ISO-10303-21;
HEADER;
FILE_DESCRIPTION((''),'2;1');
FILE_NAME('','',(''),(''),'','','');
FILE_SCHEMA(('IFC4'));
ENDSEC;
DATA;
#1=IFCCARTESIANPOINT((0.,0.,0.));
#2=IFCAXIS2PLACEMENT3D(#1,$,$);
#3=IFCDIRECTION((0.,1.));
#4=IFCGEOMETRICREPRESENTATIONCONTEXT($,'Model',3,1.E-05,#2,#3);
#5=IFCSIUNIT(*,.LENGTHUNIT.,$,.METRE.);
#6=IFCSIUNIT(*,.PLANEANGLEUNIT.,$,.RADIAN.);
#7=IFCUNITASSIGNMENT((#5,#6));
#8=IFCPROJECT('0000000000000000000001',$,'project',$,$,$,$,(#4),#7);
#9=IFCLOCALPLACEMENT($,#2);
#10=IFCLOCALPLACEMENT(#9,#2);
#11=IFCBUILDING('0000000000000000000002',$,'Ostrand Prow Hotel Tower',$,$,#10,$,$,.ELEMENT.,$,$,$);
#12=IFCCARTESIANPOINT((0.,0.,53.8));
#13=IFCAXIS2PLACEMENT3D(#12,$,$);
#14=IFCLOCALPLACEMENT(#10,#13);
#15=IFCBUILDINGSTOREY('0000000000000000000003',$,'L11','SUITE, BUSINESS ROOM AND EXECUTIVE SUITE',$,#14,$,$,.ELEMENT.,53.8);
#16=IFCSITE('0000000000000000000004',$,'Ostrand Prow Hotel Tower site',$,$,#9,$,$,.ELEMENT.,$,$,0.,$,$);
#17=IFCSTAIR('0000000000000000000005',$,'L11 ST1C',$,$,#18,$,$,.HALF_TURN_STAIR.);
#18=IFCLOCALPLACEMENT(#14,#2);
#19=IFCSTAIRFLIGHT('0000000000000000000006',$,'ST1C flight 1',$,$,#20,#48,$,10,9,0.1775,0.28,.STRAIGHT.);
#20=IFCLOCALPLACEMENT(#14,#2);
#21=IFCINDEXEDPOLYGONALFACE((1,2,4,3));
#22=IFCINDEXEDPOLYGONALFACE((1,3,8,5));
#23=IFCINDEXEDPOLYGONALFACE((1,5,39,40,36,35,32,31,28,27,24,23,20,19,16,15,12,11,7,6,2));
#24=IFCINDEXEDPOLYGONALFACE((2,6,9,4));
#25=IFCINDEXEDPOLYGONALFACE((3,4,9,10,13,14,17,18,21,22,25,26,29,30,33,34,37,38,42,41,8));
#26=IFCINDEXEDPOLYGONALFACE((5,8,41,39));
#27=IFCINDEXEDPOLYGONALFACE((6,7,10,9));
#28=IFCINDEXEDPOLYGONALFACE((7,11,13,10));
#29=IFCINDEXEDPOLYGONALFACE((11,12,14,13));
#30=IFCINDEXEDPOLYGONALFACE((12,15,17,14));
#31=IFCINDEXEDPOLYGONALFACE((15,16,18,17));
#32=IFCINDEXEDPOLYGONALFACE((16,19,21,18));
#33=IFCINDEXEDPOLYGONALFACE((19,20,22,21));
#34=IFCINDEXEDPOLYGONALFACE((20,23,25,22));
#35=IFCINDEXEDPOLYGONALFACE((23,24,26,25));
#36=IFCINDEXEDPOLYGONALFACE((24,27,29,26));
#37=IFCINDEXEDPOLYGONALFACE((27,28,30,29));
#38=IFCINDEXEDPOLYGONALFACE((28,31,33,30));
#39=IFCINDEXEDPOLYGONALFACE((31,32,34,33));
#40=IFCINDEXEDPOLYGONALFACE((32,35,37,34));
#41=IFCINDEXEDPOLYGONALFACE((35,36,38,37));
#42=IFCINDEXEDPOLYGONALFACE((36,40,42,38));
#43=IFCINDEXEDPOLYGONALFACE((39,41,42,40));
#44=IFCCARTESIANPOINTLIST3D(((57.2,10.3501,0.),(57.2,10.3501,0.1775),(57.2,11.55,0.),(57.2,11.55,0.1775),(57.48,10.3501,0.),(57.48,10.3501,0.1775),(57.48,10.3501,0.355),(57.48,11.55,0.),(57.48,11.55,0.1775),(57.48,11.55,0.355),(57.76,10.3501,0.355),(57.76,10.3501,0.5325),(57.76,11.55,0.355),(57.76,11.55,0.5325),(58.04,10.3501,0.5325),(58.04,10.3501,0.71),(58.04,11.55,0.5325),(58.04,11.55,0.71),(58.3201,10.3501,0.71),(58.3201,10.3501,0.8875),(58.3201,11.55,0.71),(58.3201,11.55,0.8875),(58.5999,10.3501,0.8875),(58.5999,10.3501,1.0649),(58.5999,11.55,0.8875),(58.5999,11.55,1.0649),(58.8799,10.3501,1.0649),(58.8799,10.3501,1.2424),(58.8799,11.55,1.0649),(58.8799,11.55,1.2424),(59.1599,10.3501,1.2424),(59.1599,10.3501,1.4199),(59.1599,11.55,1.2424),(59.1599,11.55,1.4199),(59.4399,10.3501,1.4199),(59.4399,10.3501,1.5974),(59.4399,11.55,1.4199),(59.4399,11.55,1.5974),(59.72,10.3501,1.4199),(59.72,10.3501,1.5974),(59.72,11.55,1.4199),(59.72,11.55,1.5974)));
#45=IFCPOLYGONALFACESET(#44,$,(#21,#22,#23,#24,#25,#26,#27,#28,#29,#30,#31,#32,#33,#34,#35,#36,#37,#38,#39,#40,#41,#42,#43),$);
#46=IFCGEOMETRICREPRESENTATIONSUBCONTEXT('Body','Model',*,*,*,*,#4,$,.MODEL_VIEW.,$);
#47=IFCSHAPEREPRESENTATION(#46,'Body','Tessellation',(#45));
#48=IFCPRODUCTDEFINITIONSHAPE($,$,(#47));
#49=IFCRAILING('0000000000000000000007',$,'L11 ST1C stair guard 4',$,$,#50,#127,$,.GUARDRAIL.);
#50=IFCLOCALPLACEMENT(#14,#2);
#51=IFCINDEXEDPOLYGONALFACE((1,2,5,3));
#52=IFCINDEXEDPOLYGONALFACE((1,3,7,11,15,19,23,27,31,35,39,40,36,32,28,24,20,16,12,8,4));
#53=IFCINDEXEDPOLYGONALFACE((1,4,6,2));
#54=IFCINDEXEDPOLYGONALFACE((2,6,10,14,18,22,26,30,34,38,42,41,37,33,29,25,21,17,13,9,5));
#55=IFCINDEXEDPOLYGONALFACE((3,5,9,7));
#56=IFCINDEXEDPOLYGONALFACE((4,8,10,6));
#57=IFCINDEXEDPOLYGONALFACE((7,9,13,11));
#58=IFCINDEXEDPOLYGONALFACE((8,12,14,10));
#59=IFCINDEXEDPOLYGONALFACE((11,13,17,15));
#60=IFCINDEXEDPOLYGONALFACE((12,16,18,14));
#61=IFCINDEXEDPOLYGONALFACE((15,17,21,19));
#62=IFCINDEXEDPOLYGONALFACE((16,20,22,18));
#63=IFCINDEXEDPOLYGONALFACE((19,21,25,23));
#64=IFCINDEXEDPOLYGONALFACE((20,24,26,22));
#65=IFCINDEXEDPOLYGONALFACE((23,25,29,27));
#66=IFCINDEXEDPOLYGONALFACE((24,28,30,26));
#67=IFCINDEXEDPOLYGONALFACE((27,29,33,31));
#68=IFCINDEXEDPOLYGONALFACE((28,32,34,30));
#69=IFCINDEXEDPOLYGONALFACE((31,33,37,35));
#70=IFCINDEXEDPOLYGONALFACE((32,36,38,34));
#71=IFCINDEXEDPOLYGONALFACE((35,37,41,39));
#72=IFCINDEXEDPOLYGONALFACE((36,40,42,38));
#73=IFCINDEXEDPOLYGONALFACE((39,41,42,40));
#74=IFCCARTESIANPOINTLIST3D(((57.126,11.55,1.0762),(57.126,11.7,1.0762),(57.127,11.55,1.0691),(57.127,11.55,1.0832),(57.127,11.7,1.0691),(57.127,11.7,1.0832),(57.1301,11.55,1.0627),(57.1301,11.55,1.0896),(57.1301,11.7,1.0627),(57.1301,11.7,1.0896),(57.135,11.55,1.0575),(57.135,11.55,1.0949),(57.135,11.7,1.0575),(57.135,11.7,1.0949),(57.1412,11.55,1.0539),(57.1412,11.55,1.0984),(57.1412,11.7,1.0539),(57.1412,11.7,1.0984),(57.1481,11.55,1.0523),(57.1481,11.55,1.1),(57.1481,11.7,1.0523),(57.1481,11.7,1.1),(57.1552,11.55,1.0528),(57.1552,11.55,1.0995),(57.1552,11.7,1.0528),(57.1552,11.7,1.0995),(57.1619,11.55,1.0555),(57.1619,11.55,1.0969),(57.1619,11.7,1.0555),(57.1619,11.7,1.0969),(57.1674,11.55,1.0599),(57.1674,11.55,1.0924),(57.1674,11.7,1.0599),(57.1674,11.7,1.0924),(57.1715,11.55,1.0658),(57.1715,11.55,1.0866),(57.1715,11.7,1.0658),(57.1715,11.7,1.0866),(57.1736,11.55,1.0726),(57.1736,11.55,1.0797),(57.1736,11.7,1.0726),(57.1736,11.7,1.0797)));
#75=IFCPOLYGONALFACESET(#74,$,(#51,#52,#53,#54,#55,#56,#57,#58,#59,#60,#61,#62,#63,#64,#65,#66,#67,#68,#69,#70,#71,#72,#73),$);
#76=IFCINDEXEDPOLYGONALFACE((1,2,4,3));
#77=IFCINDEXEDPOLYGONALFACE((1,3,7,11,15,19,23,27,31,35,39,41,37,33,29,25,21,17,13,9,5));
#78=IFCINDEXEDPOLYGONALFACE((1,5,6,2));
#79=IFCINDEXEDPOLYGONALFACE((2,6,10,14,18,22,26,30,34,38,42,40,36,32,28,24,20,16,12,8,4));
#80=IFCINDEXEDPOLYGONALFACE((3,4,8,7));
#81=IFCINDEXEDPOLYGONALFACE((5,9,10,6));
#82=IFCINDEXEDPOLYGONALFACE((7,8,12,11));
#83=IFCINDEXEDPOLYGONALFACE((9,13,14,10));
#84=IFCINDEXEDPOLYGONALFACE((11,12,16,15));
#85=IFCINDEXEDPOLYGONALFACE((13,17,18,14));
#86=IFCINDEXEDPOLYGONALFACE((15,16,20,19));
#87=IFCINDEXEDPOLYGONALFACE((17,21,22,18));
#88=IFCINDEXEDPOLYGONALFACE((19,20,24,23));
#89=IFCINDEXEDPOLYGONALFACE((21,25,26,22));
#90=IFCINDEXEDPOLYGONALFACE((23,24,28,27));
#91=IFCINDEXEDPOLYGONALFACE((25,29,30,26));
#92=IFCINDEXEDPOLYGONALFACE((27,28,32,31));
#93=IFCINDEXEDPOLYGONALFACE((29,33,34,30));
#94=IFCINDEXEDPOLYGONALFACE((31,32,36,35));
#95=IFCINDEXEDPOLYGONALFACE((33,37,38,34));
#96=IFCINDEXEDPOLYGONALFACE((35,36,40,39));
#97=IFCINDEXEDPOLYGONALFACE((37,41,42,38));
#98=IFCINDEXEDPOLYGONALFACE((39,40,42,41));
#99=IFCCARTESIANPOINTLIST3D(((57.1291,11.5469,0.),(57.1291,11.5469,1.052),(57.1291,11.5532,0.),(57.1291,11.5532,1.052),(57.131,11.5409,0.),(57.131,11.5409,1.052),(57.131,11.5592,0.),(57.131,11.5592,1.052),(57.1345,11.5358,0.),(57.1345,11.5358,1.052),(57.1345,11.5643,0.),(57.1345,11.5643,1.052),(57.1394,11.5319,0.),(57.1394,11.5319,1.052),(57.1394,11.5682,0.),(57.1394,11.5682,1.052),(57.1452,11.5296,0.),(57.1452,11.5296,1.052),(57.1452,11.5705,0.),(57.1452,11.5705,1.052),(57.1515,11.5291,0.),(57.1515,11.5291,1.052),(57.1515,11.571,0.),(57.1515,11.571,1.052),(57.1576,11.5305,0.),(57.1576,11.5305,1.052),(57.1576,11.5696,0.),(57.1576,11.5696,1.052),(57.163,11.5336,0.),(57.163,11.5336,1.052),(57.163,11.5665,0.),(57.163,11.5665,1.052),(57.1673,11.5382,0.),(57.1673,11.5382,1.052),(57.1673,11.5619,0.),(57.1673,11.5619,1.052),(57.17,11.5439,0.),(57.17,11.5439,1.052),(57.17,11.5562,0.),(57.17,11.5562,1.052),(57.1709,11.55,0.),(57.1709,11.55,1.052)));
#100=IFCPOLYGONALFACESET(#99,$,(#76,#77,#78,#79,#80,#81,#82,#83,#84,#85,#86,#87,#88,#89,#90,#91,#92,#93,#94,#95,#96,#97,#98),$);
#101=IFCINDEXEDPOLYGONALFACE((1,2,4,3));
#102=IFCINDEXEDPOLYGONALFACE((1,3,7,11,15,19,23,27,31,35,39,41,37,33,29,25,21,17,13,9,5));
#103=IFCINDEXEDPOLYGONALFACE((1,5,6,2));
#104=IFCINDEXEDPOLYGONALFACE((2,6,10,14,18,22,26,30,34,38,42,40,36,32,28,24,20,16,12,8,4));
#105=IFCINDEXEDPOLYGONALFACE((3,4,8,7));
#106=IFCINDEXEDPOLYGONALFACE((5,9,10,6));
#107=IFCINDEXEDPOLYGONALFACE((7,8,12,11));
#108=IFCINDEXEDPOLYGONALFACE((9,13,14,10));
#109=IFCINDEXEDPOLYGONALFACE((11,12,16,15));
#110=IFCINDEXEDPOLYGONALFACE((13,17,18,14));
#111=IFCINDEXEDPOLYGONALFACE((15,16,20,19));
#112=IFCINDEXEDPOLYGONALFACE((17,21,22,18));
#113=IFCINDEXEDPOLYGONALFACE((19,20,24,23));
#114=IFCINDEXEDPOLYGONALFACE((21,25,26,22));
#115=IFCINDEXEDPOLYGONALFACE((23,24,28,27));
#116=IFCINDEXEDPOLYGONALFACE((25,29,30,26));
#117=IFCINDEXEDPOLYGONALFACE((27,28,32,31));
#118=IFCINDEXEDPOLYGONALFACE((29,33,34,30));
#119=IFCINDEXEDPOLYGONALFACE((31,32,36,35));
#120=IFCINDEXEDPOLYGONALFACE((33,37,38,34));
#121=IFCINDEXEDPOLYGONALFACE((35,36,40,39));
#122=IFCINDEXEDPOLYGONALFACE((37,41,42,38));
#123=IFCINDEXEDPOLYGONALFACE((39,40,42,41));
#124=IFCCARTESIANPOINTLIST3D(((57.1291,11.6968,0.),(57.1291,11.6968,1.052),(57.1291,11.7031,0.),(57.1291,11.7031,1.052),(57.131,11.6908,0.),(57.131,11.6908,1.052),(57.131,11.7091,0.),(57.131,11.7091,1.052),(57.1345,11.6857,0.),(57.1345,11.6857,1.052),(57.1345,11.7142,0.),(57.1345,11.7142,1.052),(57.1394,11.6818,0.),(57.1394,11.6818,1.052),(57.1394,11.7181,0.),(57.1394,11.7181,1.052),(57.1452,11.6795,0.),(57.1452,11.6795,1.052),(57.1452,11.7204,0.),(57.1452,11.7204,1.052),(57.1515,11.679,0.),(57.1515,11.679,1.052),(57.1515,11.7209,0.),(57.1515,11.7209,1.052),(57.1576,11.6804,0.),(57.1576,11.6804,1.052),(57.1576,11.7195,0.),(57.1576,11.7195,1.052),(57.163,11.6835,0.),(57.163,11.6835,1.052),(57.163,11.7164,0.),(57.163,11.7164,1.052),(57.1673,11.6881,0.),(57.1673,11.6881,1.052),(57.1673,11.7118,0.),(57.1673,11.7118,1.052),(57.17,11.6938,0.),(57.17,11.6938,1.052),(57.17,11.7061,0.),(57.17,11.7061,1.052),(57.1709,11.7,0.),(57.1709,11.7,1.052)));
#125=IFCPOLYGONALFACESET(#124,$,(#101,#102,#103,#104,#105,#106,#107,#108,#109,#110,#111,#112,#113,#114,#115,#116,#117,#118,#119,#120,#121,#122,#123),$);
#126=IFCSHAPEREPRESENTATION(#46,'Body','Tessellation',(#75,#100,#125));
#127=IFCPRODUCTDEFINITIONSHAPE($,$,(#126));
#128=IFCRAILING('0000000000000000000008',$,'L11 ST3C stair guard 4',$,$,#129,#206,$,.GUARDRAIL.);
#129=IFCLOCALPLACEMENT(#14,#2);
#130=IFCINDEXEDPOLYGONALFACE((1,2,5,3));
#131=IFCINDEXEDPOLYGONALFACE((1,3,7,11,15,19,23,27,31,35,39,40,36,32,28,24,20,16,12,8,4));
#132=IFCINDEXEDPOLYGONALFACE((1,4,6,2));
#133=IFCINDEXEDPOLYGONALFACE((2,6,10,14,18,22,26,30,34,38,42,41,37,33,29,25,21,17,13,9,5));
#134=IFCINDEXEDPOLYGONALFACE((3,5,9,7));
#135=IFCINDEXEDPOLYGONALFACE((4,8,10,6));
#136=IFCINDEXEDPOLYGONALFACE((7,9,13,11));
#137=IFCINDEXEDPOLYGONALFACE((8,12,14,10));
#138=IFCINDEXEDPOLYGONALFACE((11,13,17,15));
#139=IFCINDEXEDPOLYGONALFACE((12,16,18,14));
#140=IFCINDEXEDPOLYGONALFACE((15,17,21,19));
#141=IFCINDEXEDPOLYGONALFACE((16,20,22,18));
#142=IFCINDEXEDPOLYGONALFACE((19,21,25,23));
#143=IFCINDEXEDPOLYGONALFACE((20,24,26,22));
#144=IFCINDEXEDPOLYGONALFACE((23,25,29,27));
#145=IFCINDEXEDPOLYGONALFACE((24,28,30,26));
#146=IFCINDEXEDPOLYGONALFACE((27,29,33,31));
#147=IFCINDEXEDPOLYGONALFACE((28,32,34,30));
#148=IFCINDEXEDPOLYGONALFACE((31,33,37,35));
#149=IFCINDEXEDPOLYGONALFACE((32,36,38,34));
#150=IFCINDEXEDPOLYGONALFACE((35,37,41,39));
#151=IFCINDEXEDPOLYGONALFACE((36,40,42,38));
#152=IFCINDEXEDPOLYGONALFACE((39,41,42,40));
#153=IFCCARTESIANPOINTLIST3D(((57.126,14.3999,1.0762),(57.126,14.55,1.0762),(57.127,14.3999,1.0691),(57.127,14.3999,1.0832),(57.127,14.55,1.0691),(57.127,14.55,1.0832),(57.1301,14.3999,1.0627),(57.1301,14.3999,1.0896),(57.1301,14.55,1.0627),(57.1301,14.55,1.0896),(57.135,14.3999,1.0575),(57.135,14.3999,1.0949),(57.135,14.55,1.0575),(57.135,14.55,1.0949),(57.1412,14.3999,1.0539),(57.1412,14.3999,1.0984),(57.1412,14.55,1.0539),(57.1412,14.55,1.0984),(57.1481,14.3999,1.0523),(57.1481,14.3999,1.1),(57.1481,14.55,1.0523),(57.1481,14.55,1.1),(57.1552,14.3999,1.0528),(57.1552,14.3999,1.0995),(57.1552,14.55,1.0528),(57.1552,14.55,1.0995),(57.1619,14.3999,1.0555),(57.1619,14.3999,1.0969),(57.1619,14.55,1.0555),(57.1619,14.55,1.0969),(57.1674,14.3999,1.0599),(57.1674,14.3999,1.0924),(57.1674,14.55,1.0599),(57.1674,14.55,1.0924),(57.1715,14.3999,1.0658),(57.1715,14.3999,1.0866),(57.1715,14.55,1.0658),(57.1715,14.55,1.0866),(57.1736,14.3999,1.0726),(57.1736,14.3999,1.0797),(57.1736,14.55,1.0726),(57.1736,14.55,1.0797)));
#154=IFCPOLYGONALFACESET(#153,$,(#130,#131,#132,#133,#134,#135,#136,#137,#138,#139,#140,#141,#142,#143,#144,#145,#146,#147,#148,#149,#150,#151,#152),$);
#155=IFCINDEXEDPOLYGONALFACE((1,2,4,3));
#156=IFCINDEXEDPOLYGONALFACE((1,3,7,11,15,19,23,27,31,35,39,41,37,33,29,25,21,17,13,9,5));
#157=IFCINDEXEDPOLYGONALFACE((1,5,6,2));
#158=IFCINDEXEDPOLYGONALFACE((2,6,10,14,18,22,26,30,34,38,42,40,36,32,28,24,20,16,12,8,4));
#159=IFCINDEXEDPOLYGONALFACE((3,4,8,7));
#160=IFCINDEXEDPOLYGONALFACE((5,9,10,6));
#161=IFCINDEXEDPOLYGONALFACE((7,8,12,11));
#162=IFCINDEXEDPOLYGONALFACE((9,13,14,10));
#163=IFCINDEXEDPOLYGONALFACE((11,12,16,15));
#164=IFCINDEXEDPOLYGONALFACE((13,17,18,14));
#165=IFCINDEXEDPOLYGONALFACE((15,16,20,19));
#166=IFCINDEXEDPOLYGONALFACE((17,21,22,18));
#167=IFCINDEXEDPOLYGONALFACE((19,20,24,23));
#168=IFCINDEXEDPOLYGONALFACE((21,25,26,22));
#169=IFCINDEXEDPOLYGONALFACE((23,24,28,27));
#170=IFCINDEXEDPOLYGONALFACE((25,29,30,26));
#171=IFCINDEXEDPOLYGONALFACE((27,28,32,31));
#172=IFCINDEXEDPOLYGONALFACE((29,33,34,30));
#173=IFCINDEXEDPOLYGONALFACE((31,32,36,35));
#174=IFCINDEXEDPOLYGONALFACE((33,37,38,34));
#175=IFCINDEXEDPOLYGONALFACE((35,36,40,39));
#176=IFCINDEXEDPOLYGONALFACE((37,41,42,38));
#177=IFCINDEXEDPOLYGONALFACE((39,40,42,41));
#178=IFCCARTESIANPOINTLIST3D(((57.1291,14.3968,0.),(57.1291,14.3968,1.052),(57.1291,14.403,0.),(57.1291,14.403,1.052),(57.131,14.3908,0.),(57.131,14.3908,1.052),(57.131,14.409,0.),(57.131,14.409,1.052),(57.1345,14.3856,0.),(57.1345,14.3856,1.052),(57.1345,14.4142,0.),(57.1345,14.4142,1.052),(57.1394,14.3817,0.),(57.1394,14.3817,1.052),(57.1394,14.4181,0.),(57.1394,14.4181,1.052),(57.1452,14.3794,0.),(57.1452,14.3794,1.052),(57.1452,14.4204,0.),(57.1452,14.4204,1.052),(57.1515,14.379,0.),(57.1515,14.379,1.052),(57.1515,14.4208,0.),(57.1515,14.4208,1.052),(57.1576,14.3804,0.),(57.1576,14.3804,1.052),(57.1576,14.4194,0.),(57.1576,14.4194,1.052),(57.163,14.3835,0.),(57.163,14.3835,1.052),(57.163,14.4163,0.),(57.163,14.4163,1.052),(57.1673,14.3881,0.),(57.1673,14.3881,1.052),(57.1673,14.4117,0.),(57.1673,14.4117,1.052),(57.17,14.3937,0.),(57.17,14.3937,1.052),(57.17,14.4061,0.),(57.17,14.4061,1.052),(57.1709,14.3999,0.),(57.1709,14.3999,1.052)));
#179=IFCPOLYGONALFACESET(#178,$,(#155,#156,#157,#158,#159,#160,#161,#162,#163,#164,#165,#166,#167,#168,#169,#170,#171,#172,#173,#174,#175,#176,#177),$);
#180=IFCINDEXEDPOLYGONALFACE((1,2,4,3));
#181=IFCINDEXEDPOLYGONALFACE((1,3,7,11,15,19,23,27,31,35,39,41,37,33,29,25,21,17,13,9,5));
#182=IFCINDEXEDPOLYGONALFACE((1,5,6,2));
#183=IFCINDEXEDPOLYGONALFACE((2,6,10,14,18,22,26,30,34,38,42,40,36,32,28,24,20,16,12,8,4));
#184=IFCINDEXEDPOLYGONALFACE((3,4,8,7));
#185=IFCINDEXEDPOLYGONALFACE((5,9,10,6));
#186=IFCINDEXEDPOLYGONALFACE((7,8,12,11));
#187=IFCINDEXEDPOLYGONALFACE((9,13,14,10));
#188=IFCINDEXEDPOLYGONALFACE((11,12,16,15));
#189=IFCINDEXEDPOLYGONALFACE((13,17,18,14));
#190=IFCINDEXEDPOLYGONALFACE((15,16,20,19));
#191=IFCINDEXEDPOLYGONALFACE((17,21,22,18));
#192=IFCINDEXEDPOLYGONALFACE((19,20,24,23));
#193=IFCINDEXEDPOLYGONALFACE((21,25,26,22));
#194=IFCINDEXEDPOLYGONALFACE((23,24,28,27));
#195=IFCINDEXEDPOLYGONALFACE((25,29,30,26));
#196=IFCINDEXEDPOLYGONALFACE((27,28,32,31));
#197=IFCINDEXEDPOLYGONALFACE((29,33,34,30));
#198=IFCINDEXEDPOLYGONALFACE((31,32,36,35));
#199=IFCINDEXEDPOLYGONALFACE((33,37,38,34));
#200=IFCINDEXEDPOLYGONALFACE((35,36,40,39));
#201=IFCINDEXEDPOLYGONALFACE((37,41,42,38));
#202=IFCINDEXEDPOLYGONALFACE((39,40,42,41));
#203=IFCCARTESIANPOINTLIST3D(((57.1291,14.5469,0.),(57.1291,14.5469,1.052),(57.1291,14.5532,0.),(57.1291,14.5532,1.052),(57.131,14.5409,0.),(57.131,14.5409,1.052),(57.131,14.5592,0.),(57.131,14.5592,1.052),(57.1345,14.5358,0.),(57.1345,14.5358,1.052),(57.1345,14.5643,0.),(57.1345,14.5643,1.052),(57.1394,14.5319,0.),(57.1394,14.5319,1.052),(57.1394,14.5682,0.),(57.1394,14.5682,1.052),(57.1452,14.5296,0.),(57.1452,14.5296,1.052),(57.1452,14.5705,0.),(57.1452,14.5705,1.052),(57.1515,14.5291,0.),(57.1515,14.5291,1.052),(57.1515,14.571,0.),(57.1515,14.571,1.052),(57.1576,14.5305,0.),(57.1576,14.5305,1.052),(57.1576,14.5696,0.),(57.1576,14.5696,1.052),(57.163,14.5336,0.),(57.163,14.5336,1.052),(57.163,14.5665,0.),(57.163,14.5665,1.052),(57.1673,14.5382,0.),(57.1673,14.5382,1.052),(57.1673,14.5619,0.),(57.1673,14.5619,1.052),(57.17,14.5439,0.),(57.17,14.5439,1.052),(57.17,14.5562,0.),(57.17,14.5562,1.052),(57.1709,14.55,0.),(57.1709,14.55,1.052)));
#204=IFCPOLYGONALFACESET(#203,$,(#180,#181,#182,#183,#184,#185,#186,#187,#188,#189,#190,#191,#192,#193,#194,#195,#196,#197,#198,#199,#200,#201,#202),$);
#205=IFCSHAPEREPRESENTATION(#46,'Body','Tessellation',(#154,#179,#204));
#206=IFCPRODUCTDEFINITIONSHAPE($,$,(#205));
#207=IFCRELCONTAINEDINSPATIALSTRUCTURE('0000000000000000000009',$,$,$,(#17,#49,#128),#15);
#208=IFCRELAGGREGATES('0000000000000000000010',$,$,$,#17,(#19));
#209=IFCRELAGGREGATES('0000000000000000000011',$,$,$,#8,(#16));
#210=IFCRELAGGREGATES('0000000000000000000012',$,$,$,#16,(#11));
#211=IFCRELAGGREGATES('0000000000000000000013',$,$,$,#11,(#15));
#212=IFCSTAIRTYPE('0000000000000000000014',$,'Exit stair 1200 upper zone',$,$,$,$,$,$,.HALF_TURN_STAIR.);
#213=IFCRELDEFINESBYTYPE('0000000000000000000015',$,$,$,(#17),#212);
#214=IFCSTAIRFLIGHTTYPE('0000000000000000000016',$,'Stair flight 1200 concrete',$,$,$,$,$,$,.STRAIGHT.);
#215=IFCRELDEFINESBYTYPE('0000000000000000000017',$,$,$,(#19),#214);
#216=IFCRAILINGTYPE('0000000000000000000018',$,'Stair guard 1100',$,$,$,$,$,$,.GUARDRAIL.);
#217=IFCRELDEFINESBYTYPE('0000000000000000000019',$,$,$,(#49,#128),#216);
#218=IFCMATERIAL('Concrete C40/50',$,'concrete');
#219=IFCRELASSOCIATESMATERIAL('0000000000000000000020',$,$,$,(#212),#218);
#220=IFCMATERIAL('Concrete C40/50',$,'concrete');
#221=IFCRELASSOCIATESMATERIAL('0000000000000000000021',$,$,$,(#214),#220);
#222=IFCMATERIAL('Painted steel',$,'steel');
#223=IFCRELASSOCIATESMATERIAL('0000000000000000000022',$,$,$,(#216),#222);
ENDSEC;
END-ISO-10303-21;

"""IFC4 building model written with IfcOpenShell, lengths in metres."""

from ifc_helpers import new_model, si_unit, direction, frame, origin, origin_2d, place, context, subcontext, project, spatial, polyline, circle, outline, extrude, material, type_object, element, aggregate, save


model = new_model("IFC4")

# Units and contexts
model_context = context("Model", 3, precision=1e-05, world=origin(), true_north=direction((0.0, 1.0)))
body_context = subcontext(model_context, "Body", "Model", "MODEL_VIEW")
ifc_project = project(units=[si_unit("LENGTHUNIT", "METRE"), si_unit("PLANEANGLEUNIT", "RADIAN")], contexts=[model_context])

# Site, building, storey
site_placement = place(None, origin())
site = spatial("IfcSite", under=ifc_project, at=site_placement, Name="Ostrand Prow Hotel Tower site", CompositionType="ELEMENT", RefElevation=0.0)
building_placement = place(site_placement, origin())
building = spatial("IfcBuilding", under=site, at=building_placement, Name="Ostrand Prow Hotel Tower", CompositionType="ELEMENT")
storey_placement = place(building_placement, frame((0.0, 0.0, 53.8)))
storey = spatial("IfcBuildingStorey", under=building, at=storey_placement, Name="L11", Description="SUITE, BUSINESS ROOM AND EXECUTIVE SUITE", CompositionType="ELEMENT", Elevation=53.8)

# Stair, stair flight
ifc_material_1 = material(Name="Concrete C40/50", Category="concrete")
stair_type = type_object("IfcStairType", Name="Exit stair 1200 upper zone", PredefinedType="HALF_TURN_STAIR", material=ifc_material_1)
stair_placement = place(storey_placement, origin())
stair = element("IfcStair", 1, at=stair_placement, inside=storey, type_object=stair_type, Name="L11 ST1C", PredefinedType="HALF_TURN_STAIR")
ifc_material_2 = material(Name="Concrete C40/50", Category="concrete")
stair_flight_type = type_object("IfcStairFlightType", Name="Stair flight 1200 concrete", PredefinedType="STRAIGHT", material=ifc_material_2)
stair_flight_placement = place(storey_placement, frame((57.2, 10.95, 0.0), z_axis=(0.0, 0.0, 1.0), x_axis=(1.0, 0.0, 0.0)))
stair_flight = element("IfcStairFlight", 2, at=stair_flight_placement, type_object=stair_flight_type, Name="ST1C flight 1", NumberOfRisers=10, NumberOfTreads=9, PredefinedType="STRAIGHT", RiserHeight=0.1775, TreadLength=0.28, context=body_context, shape_type="SweptSolid", body=[
    extrude(outline(polyline([(0.0, 0.0), (0.0, 0.1775), (0.28, 0.1775), (0.28, 0.355), (0.5601, 0.355), (0.5601, 0.5325), (0.8401, 0.5325), (0.8401, 0.71), (1.1201, 0.71), (1.1201, 0.8875), (1.3999, 0.8875), (1.3999, 1.0649), (1.6799, 1.0649), (1.6799, 1.2424), (1.96, 1.2424), (1.96, 1.4199), (2.24, 1.4199), (2.24, 1.5974), (2.52, 1.5974), (2.52, 1.7749), (2.52, 1.4199), (0.28, 0.0), (0.0, 0.0)])), frame((0.0, 0.6001, 0.0), z_axis=(0.0, -1.0, 0.0), x_axis=(1.0, 0.0, 0.0)), (0.0, 0.0, 1.0), 1.2),
])
aggregate(stair, [stair_flight])

# Railings
ifc_material_3 = material(Name="Painted steel", Category="steel")
railing_type_1 = type_object("IfcRailingType", Name="Stair guard 1100", PredefinedType="GUARDRAIL", material=ifc_material_3)
railing_1_placement = place(storey_placement, frame((57.1499, 11.55, 0.0)))
element("IfcRailing", 3, at=railing_1_placement, inside=storey, type_object=railing_type_1, Name="L11 ST1C stair guard 4", PredefinedType="GUARDRAIL", context=body_context, shape_type="SweptSolid", body=[
    extrude(circle(Radius=0.0239, at=origin_2d()), frame((0.0, 0.0, 1.0762), z_axis=(0.0, 1.0, 0.0), x_axis=(-1.0, 0.0, 0.0)), (0.0, 0.0, 1.0), 0.1499),
    extrude(circle(Radius=0.021, at=origin_2d()), origin(), (0.0, 0.0, 1.0), 1.052),
    extrude(circle(Radius=0.021, at=origin_2d()), frame((0.0, 0.1499, 0.0)), (0.0, 0.0, 1.0), 1.052),
])
railing_2_placement = place(storey_placement, frame((57.1499, 14.3999, 0.0)))
element("IfcRailing", 4, at=railing_2_placement, inside=storey, type_object=railing_type_1, Name="L11 ST3C stair guard 4", PredefinedType="GUARDRAIL", context=body_context, shape_type="SweptSolid", body=[
    extrude(circle(Radius=0.0239, at=origin_2d()), frame((0.0, 0.0, 1.0762), z_axis=(0.0, 1.0, 0.0), x_axis=(-1.0, 0.0, 0.0)), (0.0, 0.0, 1.0), 0.1501),
    extrude(circle(Radius=0.021, at=origin_2d()), origin(), (0.0, 0.0, 1.0), 1.052),
    extrude(circle(Radius=0.021, at=origin_2d()), frame((0.0, 0.1501, 0.0)), (0.0, 0.0, 1.0), 1.052),
])

save(model, "model.ifc")
